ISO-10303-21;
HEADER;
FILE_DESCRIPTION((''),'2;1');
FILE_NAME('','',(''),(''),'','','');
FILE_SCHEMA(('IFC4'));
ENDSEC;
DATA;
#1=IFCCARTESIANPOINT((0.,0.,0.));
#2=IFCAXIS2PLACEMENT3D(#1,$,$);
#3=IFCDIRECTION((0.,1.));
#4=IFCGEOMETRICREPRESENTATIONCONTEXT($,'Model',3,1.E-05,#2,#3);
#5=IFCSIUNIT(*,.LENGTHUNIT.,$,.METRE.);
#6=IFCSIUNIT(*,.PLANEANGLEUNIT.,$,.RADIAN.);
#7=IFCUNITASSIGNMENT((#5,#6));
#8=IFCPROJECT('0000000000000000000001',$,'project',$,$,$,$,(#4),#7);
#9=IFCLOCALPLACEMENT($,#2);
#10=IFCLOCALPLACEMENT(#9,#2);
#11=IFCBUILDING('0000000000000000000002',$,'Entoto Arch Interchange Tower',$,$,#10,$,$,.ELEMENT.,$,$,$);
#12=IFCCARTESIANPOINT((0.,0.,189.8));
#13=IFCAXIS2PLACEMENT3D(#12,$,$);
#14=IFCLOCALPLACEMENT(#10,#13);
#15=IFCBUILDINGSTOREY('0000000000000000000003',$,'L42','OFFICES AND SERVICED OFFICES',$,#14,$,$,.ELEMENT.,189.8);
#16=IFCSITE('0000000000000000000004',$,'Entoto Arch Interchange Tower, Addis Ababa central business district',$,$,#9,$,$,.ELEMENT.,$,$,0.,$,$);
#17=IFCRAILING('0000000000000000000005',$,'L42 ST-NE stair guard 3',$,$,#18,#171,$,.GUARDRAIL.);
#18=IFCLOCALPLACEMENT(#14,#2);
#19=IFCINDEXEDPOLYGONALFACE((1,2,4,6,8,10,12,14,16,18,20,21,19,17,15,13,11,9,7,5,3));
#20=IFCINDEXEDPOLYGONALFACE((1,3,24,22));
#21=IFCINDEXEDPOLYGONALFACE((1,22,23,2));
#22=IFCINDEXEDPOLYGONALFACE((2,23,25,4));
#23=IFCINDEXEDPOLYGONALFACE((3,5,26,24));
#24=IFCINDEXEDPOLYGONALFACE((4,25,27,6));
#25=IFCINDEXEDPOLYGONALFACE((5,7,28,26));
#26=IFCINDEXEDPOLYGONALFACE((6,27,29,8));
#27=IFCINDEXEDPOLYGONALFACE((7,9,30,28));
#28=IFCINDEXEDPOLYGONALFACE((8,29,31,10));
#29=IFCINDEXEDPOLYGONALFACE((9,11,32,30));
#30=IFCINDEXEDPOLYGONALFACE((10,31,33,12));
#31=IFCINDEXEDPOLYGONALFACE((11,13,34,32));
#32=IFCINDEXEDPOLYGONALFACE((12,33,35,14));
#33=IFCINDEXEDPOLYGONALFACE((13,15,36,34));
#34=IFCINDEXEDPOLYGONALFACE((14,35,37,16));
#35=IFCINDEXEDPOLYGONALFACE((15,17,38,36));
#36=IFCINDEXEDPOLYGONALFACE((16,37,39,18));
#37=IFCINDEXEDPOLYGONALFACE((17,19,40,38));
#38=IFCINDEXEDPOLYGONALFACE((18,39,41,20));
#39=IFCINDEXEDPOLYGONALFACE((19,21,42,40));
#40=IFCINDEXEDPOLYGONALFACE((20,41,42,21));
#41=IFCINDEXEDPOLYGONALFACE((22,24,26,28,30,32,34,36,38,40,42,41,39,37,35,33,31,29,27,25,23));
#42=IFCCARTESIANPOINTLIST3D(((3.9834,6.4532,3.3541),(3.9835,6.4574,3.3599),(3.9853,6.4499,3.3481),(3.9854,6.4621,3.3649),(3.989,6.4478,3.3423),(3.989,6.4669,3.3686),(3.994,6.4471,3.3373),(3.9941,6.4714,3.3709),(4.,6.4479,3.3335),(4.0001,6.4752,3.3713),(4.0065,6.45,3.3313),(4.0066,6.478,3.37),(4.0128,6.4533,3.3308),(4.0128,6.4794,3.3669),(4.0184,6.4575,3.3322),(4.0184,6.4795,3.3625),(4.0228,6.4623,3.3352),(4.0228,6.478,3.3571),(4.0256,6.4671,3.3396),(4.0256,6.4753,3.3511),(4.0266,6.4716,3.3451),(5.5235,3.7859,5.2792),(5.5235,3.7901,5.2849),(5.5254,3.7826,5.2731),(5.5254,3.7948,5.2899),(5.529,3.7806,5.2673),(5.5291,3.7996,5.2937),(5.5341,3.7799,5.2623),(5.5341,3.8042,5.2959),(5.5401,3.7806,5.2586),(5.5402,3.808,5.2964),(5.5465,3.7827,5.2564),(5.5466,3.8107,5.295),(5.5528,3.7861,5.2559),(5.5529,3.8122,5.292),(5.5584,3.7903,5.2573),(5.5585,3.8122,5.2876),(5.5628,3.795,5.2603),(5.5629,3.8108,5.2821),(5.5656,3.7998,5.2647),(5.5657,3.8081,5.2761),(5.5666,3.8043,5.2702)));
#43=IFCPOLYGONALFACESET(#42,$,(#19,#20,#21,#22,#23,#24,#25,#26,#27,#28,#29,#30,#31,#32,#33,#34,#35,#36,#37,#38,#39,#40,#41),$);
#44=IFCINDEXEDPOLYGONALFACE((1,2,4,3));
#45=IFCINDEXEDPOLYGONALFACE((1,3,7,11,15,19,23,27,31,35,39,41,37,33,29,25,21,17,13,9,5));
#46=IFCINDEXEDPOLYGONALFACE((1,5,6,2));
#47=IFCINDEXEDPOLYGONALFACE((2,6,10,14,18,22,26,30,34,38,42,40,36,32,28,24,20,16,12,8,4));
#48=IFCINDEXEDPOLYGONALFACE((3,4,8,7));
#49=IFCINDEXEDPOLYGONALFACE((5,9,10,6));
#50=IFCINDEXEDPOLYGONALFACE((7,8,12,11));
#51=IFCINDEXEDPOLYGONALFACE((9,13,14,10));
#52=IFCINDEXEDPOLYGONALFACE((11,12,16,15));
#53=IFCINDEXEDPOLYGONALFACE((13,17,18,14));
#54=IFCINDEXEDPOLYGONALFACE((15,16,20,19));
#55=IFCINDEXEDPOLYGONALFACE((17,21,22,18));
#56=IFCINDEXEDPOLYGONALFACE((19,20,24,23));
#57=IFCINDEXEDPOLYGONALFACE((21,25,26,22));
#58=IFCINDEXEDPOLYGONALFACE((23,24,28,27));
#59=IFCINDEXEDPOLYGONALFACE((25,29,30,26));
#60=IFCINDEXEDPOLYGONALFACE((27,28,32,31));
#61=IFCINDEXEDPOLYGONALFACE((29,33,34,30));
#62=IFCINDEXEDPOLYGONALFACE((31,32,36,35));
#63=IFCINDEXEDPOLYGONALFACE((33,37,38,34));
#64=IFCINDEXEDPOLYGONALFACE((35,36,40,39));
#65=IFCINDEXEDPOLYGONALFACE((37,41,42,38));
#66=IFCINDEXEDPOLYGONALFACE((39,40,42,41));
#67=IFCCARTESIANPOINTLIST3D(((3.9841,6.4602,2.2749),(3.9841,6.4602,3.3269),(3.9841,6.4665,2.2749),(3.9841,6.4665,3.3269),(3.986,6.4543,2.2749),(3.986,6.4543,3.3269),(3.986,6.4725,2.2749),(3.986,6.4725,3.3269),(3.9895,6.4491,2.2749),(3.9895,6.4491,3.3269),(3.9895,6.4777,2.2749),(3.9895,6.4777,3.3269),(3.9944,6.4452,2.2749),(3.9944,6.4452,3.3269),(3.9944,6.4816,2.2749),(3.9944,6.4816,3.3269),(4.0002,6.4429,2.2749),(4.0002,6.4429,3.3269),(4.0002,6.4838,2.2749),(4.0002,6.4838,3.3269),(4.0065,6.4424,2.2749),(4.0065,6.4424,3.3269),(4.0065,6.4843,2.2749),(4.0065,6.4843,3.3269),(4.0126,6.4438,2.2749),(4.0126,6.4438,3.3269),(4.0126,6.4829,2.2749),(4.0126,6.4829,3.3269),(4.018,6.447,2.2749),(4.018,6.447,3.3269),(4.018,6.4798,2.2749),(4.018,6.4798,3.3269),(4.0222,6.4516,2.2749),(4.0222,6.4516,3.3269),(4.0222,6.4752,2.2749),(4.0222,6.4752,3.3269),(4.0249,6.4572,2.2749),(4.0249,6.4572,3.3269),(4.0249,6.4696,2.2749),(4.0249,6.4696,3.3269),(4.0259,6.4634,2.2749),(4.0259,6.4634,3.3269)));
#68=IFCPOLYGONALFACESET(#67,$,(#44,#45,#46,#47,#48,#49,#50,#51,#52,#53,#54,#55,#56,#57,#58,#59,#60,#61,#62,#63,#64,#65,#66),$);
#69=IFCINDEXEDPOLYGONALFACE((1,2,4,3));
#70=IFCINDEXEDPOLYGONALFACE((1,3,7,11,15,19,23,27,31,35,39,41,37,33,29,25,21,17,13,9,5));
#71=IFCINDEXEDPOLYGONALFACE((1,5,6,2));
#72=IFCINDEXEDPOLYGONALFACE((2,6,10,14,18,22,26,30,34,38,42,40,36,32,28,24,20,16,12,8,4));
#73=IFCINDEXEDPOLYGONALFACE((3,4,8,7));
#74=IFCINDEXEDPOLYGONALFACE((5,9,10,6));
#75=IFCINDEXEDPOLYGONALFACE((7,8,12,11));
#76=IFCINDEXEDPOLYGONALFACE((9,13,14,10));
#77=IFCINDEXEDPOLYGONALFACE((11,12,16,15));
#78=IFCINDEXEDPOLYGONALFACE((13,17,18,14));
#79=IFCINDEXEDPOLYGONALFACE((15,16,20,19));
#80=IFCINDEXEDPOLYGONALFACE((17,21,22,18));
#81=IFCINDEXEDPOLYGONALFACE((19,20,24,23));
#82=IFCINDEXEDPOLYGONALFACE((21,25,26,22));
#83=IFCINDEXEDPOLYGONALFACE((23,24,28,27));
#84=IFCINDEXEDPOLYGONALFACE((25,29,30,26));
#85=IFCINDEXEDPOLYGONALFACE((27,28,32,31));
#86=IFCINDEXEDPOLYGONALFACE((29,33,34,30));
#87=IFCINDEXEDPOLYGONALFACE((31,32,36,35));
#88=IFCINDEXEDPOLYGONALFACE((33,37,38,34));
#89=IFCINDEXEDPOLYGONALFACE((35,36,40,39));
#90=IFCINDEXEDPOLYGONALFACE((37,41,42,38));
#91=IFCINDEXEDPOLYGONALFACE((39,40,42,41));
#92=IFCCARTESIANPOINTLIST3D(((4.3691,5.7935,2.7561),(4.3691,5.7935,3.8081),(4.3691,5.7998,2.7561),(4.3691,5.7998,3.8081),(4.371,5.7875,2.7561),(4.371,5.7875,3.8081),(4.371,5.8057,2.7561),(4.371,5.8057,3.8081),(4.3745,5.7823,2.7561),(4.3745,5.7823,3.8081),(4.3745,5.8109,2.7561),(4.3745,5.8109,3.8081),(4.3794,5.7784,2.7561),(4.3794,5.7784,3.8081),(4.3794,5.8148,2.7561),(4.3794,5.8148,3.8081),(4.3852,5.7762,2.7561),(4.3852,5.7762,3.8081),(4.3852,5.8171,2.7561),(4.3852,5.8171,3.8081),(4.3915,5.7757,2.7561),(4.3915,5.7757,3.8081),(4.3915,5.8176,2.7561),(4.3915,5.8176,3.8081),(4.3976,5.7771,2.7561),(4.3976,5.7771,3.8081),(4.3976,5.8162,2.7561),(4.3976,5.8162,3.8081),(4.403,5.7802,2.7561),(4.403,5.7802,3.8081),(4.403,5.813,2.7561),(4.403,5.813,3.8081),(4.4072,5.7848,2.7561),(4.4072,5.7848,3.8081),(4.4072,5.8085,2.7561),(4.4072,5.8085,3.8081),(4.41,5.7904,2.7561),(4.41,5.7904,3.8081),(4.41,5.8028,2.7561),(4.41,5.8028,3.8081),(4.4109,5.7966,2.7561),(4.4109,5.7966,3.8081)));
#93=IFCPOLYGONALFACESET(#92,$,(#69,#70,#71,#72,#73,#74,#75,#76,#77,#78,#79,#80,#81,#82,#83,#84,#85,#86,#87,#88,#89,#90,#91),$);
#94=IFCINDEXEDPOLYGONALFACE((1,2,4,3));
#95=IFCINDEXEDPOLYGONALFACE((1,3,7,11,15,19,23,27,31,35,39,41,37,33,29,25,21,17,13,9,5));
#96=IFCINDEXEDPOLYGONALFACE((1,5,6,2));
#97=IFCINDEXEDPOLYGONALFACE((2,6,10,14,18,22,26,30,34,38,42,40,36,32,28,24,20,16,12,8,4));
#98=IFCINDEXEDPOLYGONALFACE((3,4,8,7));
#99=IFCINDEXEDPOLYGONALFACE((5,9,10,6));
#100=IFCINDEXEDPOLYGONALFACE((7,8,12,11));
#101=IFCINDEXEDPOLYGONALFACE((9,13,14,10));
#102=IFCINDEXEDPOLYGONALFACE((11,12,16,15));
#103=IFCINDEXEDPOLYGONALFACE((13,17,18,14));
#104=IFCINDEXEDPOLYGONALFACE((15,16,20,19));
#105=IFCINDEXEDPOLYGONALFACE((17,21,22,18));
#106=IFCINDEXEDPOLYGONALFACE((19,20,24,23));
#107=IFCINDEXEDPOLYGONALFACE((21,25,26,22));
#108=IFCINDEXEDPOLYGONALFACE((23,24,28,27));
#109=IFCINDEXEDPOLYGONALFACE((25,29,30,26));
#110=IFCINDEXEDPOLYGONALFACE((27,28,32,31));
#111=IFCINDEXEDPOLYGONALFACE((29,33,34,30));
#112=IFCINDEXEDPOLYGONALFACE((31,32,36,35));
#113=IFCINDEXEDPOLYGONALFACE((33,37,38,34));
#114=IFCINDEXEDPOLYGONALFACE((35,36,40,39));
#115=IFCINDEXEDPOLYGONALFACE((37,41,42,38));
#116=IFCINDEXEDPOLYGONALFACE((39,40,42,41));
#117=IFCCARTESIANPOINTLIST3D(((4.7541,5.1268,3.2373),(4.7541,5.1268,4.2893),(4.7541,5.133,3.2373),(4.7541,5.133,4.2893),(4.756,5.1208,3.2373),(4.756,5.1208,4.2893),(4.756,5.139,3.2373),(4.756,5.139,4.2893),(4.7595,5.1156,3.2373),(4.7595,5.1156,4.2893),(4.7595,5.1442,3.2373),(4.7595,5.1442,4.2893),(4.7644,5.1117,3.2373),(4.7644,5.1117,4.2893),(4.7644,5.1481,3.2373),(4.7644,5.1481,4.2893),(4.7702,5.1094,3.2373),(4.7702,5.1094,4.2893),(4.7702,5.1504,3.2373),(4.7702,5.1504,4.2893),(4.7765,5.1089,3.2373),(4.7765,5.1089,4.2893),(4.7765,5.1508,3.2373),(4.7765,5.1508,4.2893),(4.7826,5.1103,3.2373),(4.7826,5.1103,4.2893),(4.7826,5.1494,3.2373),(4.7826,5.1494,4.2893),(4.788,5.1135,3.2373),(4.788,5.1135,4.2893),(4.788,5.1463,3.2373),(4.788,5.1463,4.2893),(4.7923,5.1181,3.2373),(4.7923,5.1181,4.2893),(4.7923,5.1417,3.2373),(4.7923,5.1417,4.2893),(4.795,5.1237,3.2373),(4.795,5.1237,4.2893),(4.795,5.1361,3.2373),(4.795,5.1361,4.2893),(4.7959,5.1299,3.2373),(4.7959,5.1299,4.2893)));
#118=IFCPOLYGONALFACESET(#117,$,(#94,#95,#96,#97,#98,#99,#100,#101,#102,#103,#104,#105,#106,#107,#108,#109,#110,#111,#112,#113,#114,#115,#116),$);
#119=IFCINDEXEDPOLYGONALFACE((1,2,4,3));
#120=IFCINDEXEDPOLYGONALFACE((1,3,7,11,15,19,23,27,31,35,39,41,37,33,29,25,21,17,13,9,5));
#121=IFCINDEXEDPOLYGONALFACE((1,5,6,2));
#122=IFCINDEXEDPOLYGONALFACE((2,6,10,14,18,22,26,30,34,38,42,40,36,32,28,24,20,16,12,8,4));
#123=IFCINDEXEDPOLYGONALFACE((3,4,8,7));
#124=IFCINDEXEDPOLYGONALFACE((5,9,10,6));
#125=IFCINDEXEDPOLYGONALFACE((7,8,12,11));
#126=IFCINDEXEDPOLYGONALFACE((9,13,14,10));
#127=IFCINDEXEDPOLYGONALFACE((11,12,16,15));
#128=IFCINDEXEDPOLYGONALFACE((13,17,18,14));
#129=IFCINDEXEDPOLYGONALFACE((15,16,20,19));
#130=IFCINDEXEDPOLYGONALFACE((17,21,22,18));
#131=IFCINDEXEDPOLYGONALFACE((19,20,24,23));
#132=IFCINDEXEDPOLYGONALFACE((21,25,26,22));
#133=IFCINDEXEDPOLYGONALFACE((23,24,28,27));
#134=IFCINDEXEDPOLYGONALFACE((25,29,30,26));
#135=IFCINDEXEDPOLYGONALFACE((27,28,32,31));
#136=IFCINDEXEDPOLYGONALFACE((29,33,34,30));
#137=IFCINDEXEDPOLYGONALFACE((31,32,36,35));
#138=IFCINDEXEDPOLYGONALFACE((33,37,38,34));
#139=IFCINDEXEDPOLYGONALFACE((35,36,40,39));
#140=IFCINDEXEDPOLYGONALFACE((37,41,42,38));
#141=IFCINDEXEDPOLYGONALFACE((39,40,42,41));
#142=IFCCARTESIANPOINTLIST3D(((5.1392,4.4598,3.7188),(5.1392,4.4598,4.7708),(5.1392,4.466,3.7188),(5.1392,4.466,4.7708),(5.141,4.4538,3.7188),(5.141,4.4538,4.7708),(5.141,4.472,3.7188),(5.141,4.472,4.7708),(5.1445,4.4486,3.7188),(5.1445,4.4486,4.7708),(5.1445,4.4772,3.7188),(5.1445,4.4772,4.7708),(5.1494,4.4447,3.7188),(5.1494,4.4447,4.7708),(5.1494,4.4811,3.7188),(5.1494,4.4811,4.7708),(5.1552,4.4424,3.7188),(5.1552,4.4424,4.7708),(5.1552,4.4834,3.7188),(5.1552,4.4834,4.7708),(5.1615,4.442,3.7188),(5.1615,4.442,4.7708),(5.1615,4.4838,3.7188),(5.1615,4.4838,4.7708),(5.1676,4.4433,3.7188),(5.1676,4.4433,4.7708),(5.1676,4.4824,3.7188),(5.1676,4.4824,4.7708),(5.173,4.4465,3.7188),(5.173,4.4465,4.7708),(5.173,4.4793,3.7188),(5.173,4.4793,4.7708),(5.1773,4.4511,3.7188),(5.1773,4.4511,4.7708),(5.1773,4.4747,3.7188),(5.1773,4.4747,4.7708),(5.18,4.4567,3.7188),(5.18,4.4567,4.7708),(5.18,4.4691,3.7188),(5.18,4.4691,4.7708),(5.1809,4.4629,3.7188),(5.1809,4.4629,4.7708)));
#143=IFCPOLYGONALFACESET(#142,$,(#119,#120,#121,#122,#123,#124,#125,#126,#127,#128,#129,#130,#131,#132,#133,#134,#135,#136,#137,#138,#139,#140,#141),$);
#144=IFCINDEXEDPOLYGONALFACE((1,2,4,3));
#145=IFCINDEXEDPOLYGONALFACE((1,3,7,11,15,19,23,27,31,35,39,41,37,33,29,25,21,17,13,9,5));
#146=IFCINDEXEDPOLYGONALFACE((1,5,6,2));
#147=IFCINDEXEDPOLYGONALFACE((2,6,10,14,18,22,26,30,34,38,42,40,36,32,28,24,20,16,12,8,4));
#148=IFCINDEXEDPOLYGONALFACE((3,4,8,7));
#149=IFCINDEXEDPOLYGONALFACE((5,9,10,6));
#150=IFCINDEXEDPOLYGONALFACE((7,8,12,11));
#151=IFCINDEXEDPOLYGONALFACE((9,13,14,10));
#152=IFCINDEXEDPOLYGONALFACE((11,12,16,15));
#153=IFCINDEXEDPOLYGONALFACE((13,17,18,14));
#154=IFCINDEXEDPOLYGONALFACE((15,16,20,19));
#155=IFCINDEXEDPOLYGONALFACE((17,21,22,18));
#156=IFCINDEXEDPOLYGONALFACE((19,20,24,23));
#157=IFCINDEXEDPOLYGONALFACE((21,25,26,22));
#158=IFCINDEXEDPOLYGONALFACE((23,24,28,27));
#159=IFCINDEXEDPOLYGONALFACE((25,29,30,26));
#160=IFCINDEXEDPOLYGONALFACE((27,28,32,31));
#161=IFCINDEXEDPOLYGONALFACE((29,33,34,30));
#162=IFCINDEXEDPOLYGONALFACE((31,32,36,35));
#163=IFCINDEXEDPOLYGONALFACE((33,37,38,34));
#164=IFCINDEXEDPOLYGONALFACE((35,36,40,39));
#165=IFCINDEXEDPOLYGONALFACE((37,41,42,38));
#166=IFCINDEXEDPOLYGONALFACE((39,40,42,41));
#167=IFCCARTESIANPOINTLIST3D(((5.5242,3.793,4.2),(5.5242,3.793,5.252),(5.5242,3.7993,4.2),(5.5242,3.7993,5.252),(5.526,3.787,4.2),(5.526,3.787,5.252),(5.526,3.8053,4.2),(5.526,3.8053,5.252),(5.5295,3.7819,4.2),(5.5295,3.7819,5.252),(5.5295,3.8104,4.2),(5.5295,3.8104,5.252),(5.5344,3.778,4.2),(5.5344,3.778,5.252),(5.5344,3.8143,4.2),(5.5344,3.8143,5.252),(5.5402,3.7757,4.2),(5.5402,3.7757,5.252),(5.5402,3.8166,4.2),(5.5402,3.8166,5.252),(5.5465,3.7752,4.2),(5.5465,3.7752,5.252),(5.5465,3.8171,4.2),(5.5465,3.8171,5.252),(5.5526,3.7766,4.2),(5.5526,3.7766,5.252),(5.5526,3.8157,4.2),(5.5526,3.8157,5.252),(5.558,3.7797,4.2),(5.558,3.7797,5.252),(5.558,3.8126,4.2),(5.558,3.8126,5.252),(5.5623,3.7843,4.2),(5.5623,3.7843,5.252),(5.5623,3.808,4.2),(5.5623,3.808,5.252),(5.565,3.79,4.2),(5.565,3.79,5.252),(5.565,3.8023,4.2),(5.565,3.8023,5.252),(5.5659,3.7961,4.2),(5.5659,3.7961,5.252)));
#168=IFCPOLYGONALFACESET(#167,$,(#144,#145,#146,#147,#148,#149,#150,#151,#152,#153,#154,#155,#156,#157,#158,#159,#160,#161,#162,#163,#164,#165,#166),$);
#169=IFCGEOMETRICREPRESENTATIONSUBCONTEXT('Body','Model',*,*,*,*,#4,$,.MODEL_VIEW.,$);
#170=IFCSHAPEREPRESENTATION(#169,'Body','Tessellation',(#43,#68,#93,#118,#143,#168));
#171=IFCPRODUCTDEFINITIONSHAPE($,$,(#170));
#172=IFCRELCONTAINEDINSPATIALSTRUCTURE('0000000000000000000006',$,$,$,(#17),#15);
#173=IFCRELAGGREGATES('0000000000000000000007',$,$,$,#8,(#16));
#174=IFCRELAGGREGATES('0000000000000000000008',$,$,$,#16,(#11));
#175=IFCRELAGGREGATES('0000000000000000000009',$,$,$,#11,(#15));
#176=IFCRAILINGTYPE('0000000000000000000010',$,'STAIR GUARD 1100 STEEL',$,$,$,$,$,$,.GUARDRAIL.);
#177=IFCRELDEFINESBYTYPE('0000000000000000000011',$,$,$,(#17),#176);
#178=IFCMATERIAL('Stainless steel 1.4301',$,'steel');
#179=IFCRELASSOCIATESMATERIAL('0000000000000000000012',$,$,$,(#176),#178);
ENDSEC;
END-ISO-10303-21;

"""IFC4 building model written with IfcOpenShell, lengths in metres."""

from ifc_helpers import new_model, si_unit, direction, frame, origin, origin_2d, place, context, subcontext, project, spatial, circle, extrude, material, type_object, element, save


model = new_model("IFC4")

# Units and contexts
model_context = context("Model", 3, precision=1e-05, world=origin(), true_north=direction((0.0, 1.0)))
body_context = subcontext(model_context, "Body", "Model", "MODEL_VIEW")
ifc_project = project(units=[si_unit("LENGTHUNIT", "METRE"), si_unit("PLANEANGLEUNIT", "RADIAN")], contexts=[model_context])

# Site, building, storey
site_placement = place(None, origin())
site = spatial("IfcSite", under=ifc_project, at=site_placement, Name="Entoto Arch Interchange Tower, Addis Ababa central business district", CompositionType="ELEMENT", RefElevation=0.0)
building_placement = place(site_placement, origin())
building = spatial("IfcBuilding", under=site, at=building_placement, Name="Entoto Arch Interchange Tower", CompositionType="ELEMENT")
storey_placement = place(building_placement, frame((0.0, 0.0, 189.8)))
storey = spatial("IfcBuildingStorey", under=building, at=storey_placement, Name="L42", Description="OFFICES AND SERVICED OFFICES", CompositionType="ELEMENT", Elevation=189.8)

# Railing
ifc_material_1 = material(Name="Stainless steel 1.4301", Category="steel")
railing_type_1 = type_object("IfcRailingType", Name="STAIR GUARD 1100 STEEL", PredefinedType="GUARDRAIL", material=ifc_material_1)
railing_1_placement = place(storey_placement, frame((4.0049, 6.4634, 2.2749)))
element("IfcRailing", 1, at=railing_1_placement, inside=storey, type_object=railing_type_1, Name="L42 ST-NE stair guard 3", PredefinedType="GUARDRAIL", context=body_context, shape_type="SweptSolid", body=[
    extrude(circle(Radius=0.0239, at=origin_2d()), frame((0.0, 0.0, 1.0762), z_axis=(0.424015, -0.734364, 0.530019), x_axis=(0.86601, 0.500027, 0.0)), (0.0, 0.0, 1.0), 3.6321),
    extrude(circle(Radius=0.021, at=origin_2d()), origin(), (0.0, 0.0, 1.0), 1.052),
    extrude(circle(Radius=0.021, at=origin_2d()), frame((0.385, -0.6667, 0.4812)), (0.0, 0.0, 1.0), 1.052),
    extrude(circle(Radius=0.021, at=origin_2d()), frame((0.77, -1.3335, 0.9624)), (0.0, 0.0, 1.0), 1.052),
    extrude(circle(Radius=0.021, at=origin_2d()), frame((1.155, -2.0005, 1.4438)), (0.0, 0.0, 1.0), 1.052),
    extrude(circle(Radius=0.021, at=origin_2d()), frame((1.54, -2.6672, 1.925)), (0.0, 0.0, 1.0), 1.052),
])

save(model, "model.ifc")
